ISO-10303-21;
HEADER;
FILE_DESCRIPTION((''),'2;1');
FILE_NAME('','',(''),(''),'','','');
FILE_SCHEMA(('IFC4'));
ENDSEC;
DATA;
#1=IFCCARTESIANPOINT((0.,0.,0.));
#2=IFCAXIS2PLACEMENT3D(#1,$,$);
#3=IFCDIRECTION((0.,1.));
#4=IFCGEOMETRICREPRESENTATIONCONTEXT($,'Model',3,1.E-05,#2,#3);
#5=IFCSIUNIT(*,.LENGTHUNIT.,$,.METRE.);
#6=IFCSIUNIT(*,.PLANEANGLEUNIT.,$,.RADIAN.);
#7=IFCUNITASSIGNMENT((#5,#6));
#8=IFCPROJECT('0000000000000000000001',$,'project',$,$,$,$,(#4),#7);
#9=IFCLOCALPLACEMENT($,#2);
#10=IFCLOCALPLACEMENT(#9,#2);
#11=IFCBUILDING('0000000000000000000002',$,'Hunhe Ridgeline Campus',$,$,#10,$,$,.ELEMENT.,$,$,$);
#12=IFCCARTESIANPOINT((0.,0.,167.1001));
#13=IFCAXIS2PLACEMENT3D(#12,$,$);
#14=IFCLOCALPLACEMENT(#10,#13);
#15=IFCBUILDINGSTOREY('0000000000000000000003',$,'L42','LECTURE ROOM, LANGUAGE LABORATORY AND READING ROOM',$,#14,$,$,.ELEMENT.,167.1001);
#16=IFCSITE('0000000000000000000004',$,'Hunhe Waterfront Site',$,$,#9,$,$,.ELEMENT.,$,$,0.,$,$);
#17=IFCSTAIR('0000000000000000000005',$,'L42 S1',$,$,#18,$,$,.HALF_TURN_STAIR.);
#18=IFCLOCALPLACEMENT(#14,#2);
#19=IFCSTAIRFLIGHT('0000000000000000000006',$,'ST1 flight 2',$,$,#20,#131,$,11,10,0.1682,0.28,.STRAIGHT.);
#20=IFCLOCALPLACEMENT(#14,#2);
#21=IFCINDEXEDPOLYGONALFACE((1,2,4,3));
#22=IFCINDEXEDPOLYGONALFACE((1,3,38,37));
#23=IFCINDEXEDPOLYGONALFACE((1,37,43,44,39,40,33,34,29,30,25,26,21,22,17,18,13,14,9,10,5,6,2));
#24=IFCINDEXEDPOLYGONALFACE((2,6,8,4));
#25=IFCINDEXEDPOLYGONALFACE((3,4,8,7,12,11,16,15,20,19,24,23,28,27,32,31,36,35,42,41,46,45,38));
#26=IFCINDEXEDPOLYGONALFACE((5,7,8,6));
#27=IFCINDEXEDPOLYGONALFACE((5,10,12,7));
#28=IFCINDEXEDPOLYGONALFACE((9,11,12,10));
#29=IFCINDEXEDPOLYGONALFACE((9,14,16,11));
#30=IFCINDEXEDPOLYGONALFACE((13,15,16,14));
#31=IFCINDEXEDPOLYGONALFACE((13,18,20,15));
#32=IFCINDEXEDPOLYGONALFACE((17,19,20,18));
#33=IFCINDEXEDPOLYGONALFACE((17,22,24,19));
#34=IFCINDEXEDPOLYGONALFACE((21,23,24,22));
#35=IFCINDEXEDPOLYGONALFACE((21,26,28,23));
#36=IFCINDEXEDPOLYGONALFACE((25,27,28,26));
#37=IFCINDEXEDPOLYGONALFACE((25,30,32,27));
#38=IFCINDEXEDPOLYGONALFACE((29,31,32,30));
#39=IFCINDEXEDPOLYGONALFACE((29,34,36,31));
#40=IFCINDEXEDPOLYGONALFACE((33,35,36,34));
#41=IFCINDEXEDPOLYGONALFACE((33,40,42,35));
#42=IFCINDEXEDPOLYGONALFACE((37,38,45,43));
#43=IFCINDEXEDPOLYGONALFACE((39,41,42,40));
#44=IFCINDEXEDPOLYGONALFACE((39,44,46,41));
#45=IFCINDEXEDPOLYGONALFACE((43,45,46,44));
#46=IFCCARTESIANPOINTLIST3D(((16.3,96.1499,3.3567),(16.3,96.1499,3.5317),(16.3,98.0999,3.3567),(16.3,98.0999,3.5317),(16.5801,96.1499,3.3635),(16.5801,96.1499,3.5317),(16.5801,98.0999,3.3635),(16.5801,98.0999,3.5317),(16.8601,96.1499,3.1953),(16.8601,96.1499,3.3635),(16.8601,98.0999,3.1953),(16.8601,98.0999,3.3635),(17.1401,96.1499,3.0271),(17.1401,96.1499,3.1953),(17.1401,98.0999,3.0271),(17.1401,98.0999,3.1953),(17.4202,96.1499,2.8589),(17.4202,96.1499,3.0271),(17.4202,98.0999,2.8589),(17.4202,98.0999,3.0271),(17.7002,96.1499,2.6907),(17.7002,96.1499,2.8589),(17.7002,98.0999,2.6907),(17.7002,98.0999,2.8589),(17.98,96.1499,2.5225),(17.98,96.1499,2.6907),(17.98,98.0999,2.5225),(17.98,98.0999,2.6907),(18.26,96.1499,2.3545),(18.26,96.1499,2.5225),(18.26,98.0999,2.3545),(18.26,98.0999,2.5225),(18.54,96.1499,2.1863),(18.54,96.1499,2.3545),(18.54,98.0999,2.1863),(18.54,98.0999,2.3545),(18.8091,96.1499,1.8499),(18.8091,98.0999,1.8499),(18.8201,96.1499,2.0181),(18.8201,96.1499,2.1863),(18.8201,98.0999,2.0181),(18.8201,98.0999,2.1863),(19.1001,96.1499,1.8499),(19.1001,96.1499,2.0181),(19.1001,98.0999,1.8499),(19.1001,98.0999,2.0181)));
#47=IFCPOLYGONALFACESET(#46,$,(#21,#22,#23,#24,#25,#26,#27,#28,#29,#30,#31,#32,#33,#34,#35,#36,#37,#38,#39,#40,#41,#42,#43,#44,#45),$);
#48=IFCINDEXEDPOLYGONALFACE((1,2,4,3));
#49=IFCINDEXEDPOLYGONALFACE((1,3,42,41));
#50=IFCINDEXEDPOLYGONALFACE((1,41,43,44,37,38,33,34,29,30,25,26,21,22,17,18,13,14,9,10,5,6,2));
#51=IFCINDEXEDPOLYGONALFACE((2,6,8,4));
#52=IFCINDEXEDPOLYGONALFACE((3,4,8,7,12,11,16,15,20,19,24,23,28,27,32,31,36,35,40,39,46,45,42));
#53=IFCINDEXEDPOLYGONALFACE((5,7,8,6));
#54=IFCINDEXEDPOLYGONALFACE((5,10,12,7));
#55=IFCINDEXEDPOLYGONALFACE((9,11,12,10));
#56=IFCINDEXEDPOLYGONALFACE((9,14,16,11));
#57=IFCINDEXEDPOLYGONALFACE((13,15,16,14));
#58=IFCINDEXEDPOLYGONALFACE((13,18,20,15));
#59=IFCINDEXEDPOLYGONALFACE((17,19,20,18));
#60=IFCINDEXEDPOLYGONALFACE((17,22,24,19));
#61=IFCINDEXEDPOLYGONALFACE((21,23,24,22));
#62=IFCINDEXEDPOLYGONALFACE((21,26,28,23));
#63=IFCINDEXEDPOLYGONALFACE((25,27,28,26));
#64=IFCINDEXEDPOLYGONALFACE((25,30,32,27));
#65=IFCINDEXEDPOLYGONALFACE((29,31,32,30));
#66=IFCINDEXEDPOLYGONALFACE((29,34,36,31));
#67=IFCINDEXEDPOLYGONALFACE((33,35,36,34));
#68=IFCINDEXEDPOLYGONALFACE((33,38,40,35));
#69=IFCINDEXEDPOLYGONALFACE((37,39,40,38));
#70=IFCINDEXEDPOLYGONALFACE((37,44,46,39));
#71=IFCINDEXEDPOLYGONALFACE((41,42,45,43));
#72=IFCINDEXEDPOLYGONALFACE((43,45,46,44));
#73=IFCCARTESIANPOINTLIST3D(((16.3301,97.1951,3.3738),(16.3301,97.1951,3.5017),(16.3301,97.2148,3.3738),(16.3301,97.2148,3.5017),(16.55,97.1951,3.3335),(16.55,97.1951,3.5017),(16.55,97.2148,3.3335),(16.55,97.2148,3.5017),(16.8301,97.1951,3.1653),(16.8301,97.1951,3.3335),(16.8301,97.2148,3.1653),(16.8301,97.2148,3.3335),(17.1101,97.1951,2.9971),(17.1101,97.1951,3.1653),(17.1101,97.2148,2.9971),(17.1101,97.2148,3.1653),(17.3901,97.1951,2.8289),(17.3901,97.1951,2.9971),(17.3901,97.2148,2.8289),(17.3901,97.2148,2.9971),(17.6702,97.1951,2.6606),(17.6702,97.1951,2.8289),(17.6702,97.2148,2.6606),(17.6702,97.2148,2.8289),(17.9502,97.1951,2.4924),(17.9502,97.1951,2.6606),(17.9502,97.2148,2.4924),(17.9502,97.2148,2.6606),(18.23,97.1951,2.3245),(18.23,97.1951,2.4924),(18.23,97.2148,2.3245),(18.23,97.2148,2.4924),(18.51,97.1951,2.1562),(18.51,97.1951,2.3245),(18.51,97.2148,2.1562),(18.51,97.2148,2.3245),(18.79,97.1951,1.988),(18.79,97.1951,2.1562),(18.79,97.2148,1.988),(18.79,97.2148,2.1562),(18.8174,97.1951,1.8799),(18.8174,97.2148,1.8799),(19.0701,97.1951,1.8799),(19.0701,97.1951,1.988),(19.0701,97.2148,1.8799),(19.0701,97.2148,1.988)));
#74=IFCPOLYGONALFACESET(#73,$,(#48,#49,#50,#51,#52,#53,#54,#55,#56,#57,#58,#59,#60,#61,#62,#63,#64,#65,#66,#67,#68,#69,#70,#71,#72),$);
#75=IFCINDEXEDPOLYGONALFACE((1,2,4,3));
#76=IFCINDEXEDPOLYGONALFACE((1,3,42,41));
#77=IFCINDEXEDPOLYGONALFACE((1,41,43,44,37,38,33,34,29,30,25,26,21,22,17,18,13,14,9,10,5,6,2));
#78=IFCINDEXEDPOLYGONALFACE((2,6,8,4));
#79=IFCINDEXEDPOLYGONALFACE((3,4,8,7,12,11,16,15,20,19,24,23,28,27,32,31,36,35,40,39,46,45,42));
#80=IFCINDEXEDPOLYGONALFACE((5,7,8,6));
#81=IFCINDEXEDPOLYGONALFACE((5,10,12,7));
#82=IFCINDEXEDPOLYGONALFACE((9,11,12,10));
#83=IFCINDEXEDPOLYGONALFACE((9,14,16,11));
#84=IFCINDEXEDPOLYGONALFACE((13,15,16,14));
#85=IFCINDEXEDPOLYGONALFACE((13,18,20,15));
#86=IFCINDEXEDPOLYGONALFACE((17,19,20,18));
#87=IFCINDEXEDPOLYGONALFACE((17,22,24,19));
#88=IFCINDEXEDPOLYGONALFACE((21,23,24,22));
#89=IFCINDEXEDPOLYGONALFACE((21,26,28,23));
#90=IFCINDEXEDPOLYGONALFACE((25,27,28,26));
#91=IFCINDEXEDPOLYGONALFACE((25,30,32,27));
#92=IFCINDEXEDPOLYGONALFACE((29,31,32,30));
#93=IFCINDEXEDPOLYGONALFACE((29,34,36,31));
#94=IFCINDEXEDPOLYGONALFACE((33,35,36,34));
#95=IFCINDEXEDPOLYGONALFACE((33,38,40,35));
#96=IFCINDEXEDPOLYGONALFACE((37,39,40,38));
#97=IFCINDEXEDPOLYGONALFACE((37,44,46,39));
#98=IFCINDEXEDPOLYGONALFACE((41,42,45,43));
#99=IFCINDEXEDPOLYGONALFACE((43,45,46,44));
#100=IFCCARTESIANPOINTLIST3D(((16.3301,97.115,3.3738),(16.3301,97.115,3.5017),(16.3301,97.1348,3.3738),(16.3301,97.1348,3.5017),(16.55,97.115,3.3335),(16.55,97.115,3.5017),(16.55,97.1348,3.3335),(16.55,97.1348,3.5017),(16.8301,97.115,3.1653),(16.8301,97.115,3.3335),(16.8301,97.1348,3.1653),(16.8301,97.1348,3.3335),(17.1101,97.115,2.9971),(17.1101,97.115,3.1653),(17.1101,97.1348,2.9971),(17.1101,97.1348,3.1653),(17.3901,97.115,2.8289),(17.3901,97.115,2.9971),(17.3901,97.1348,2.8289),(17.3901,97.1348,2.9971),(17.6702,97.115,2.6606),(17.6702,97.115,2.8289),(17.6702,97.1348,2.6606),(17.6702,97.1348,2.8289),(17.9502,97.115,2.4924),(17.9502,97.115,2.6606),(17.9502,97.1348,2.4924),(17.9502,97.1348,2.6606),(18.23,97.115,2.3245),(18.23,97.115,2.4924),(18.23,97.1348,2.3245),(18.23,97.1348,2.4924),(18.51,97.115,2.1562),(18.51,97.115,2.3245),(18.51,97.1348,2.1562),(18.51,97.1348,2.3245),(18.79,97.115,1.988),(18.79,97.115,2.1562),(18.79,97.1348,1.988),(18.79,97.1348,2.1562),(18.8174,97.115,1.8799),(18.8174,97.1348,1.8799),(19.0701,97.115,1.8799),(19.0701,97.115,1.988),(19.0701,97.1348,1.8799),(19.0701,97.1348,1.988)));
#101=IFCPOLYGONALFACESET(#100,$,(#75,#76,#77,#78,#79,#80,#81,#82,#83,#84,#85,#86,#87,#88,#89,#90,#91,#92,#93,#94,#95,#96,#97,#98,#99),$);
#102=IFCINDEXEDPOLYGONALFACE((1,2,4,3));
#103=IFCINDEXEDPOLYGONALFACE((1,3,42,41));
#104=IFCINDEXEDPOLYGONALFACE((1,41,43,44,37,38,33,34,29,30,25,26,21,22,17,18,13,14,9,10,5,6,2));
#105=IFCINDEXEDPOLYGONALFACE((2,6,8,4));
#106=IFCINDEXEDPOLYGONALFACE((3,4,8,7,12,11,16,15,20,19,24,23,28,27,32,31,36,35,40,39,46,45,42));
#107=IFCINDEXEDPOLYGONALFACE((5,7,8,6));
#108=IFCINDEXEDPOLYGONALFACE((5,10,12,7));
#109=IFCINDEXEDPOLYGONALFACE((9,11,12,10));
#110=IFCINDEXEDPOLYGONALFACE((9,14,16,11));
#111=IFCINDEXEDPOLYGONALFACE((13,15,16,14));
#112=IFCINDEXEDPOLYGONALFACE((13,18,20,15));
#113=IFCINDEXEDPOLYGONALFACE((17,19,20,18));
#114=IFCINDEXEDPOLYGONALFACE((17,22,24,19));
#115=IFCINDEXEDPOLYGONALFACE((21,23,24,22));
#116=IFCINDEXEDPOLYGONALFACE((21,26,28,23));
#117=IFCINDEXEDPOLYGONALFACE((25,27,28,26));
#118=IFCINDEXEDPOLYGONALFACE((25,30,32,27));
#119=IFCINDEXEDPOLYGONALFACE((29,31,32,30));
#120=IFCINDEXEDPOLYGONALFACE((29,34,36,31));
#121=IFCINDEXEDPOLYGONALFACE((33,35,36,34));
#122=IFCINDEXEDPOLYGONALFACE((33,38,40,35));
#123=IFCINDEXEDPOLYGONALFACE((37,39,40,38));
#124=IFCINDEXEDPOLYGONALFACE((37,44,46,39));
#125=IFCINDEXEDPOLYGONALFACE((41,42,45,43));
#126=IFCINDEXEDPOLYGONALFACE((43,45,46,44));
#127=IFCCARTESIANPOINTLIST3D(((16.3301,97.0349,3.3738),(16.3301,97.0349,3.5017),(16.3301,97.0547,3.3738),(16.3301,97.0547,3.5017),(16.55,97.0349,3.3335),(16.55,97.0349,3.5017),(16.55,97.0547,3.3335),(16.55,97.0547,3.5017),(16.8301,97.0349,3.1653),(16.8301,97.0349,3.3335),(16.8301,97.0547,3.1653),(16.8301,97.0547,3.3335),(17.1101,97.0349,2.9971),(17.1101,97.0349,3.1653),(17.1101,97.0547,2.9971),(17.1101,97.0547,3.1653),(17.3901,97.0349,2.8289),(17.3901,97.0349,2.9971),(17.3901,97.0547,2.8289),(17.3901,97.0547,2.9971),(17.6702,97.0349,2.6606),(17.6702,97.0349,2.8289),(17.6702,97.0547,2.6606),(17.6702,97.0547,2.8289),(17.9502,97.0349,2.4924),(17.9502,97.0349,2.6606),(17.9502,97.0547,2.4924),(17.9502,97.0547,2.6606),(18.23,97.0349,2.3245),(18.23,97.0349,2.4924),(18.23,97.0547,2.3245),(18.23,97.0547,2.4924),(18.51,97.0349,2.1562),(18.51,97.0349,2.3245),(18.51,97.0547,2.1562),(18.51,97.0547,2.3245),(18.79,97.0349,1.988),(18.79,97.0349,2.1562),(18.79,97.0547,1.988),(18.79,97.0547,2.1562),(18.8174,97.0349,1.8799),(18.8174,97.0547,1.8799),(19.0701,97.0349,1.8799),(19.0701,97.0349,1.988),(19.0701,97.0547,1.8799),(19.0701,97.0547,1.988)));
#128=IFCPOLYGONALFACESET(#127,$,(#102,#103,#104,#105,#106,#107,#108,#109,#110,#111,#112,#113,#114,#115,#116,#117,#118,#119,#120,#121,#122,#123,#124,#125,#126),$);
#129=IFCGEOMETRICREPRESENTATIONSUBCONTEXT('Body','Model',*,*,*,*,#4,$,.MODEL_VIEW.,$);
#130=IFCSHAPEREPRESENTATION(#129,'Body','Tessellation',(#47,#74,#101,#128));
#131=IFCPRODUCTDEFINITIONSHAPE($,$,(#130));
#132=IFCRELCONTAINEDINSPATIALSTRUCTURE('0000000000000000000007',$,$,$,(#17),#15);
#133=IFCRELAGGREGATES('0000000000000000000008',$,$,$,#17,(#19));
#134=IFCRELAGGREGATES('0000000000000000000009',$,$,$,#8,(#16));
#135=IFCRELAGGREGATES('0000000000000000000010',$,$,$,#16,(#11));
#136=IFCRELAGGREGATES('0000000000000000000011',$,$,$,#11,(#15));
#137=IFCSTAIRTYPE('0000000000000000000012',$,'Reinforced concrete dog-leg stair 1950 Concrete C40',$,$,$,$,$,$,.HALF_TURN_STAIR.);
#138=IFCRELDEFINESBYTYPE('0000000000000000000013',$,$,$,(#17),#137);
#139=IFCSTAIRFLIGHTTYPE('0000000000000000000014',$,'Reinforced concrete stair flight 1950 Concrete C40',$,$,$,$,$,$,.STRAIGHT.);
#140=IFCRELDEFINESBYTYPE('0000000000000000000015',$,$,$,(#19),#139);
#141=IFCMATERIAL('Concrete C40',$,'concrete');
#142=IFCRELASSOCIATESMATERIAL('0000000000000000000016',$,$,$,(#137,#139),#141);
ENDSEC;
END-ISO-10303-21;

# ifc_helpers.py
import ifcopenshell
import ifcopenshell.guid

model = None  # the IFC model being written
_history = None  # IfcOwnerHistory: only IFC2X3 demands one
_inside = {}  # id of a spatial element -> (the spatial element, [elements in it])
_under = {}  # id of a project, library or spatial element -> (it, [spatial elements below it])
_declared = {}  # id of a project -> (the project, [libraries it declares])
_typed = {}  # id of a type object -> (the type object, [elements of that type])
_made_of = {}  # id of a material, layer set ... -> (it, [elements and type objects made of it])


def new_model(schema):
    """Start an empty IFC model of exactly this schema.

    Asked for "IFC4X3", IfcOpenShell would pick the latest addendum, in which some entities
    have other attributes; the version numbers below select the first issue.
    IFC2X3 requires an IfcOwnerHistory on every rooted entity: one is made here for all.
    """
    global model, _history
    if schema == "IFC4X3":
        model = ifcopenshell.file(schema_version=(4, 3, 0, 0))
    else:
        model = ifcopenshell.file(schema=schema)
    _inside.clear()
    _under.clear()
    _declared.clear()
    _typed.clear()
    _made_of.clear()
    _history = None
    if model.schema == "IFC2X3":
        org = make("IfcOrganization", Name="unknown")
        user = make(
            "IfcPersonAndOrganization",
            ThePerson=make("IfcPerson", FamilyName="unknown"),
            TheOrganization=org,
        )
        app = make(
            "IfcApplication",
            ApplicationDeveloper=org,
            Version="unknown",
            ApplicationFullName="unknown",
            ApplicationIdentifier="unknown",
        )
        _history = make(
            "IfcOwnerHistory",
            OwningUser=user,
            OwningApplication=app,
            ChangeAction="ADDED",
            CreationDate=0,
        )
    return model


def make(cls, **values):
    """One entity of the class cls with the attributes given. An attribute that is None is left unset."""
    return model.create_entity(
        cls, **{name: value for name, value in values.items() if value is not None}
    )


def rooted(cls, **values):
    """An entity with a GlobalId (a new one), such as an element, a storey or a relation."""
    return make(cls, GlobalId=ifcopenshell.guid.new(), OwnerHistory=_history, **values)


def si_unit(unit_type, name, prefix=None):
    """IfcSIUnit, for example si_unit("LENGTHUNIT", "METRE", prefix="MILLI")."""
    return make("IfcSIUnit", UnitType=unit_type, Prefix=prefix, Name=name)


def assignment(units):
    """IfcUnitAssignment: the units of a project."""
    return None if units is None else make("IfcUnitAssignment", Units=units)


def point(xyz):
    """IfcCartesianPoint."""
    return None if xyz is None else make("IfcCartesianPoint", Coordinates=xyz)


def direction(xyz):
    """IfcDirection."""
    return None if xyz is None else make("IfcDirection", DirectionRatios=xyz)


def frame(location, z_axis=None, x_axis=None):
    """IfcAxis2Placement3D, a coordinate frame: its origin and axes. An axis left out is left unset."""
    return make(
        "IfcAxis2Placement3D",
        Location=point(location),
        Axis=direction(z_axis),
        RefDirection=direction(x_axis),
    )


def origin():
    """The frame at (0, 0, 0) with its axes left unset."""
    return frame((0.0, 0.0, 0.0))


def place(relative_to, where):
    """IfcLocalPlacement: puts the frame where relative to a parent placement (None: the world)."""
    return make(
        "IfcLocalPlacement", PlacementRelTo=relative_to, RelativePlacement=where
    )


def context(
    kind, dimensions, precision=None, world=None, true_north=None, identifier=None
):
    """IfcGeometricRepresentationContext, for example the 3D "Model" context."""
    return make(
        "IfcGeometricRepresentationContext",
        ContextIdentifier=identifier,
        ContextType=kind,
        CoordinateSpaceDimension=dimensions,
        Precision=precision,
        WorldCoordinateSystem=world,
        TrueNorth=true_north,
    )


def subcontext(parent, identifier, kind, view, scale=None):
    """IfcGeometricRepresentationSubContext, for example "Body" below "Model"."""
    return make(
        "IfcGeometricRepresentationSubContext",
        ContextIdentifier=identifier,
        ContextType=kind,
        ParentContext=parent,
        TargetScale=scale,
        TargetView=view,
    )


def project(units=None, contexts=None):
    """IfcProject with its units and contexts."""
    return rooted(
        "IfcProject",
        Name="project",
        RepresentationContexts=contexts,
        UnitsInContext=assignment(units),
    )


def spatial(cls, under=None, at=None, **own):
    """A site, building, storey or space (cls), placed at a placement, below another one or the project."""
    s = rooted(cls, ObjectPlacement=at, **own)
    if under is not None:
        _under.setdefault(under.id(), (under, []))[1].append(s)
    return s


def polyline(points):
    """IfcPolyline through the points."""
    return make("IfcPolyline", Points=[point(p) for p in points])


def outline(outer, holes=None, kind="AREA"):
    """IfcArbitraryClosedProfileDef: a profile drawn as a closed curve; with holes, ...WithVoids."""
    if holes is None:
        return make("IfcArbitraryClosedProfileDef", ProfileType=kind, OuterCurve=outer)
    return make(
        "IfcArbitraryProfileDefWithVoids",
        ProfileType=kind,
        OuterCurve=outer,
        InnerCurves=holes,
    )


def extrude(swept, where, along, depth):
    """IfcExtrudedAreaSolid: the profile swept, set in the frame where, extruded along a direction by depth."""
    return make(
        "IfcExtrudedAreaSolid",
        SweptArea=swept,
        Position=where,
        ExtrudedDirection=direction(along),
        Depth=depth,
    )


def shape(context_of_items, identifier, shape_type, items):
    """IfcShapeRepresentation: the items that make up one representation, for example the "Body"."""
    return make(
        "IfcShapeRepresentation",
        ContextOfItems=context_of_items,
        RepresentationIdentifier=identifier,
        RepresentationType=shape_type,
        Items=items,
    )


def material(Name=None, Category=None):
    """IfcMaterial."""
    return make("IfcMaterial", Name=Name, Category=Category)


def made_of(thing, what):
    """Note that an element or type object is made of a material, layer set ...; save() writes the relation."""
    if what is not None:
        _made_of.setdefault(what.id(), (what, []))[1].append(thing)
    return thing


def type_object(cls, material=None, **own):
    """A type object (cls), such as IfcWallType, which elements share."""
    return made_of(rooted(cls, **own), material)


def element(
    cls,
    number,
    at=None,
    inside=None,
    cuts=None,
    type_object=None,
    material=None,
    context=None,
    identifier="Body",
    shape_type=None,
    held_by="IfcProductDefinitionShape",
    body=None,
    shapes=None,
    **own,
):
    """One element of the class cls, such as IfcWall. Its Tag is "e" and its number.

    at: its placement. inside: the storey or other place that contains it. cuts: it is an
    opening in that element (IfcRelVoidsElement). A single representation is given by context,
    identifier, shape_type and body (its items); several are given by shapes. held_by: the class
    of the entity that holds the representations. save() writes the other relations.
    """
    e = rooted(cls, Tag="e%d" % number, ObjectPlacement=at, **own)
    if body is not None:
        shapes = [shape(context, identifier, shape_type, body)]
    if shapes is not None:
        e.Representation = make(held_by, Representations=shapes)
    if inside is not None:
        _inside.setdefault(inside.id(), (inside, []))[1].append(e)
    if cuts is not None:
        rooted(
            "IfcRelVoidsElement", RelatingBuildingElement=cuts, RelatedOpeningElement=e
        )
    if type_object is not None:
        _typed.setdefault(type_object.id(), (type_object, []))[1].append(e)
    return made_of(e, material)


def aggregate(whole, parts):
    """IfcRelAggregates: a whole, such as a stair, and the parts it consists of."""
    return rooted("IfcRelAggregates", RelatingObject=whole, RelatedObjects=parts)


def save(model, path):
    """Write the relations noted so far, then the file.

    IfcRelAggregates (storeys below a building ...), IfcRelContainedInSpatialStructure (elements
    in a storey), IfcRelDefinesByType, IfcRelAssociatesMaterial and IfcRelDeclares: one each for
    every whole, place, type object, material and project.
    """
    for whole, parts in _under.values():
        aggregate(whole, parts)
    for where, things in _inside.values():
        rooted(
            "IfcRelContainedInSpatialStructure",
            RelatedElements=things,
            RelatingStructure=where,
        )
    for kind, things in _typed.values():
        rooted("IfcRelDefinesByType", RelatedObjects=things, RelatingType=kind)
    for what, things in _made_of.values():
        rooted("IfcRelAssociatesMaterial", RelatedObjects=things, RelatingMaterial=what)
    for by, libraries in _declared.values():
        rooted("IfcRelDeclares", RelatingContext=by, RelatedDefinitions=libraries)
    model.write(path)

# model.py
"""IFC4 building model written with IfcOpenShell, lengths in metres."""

from ifc_helpers import new_model, si_unit, direction, frame, origin, place, context, subcontext, project, spatial, polyline, outline, extrude, material, type_object, element, aggregate, save


model = new_model("IFC4")

# Units and contexts
model_context = context("Model", 3, precision=1e-05, world=origin(), true_north=direction((0.0, 1.0)))
body_context = subcontext(model_context, "Body", "Model", "MODEL_VIEW")
ifc_project = project(units=[si_unit("LENGTHUNIT", "METRE"), si_unit("PLANEANGLEUNIT", "RADIAN")], contexts=[model_context])

# Site, building, storey
site_placement = place(None, origin())
site = spatial("IfcSite", under=ifc_project, at=site_placement, Name="Hunhe Waterfront Site", CompositionType="ELEMENT", RefElevation=0.0)
building_placement = place(site_placement, origin())
building = spatial("IfcBuilding", under=site, at=building_placement, Name="Hunhe Ridgeline Campus", CompositionType="ELEMENT")
storey_placement = place(building_placement, frame((0.0, 0.0, 167.1001)))
storey = spatial("IfcBuildingStorey", under=building, at=storey_placement, Name="L42", Description="LECTURE ROOM, LANGUAGE LABORATORY AND READING ROOM", CompositionType="ELEMENT", Elevation=167.1001)

# Stair, stair flight
ifc_material_1 = material(Name="Concrete C40", Category="concrete")
stair_type = type_object("IfcStairType", Name="Reinforced concrete dog-leg stair 1950 Concrete C40", PredefinedType="HALF_TURN_STAIR", material=ifc_material_1)
stair_1_placement = place(storey_placement, origin())
stair_1 = element("IfcStair", 1, at=stair_1_placement, inside=storey, type_object=stair_type, Name="L42 S1", PredefinedType="HALF_TURN_STAIR")
stair_flight_type = type_object("IfcStairFlightType", Name="Reinforced concrete stair flight 1950 Concrete C40", PredefinedType="STRAIGHT", material=ifc_material_1)
stair_flight_1_placement = place(storey_placement, frame((19.1001, 97.125, 1.8499), z_axis=(0.0, 0.0, 1.0), x_axis=(-1.0, 0.0, 0.0)))
stair_flight_1 = element("IfcStairFlight", 2, at=stair_flight_1_placement, type_object=stair_flight_type, Name="ST1 flight 2", NumberOfRisers=11, NumberOfTreads=10, PredefinedType="STRAIGHT", RiserHeight=0.1682, TreadLength=0.28, context=body_context, shape_type="SweptSolid", body=[
    extrude(outline(polyline([(0.0, 0.0), (0.0, 0.1682), (0.28, 0.1682), (0.28, 0.3364), (0.5601, 0.3364), (0.5601, 0.5046), (0.8401, 0.5046), (0.8401, 0.6726), (1.1201, 0.6726), (1.1201, 0.8408), (1.3999, 0.8408), (1.3999, 1.009), (1.6799, 1.009), (1.6799, 1.1772), (1.96, 1.1772), (1.96, 1.3455), (2.24, 1.3455), (2.24, 1.5137), (2.52, 1.5137), (2.52, 1.6819), (2.8, 1.6819), (2.8, 1.8501), (2.8, 1.5068), (0.291, 0.0), (0.0, 0.0)])), frame((0.0, 0.9751, 0.0), z_axis=(0.0, -1.0, 0.0), x_axis=(1.0, 0.0, 0.0)), (0.0, 0.0, 1.0), 1.95),
    extrude(outline(polyline([(0.03, 0.03), (0.03, 0.1382), (0.3101, 0.1382), (0.3101, 0.3064), (0.5901, 0.3064), (0.5901, 0.4746), (0.8701, 0.4746), (0.8701, 0.6426), (1.1499, 0.6426), (1.1499, 0.8108), (1.4299, 0.8108), (1.4299, 0.979), (1.71, 0.979), (1.71, 1.1472), (1.99, 1.1472), (1.99, 1.3154), (2.27, 1.3154), (2.27, 1.4836), (2.55, 1.4836), (2.55, 1.6519), (2.77, 1.6519), (2.77, 1.5239), (0.2827, 0.03), (0.03, 0.03)])), frame((0.0, -0.0701, 0.0), z_axis=(0.0, -1.0, 0.0), x_axis=(1.0, 0.0, 0.0)), (0.0, 0.0, 1.0), 0.0198),
    extrude(outline(polyline([(0.03, 0.03), (0.03, 0.1382), (0.3101, 0.1382), (0.3101, 0.3064), (0.5901, 0.3064), (0.5901, 0.4746), (0.8701, 0.4746), (0.8701, 0.6426), (1.1499, 0.6426), (1.1499, 0.8108), (1.4299, 0.8108), (1.4299, 0.979), (1.71, 0.979), (1.71, 1.1472), (1.99, 1.1472), (1.99, 1.3154), (2.27, 1.3154), (2.27, 1.4836), (2.55, 1.4836), (2.55, 1.6519), (2.77, 1.6519), (2.77, 1.5239), (0.2827, 0.03), (0.03, 0.03)])), frame((0.0, 0.01, 0.0), z_axis=(0.0, -1.0, 0.0), x_axis=(1.0, 0.0, 0.0)), (0.0, 0.0, 1.0), 0.0198),
    extrude(outline(polyline([(0.03, 0.03), (0.03, 0.1382), (0.3101, 0.1382), (0.3101, 0.3064), (0.5901, 0.3064), (0.5901, 0.4746), (0.8701, 0.4746), (0.8701, 0.6426), (1.1499, 0.6426), (1.1499, 0.8108), (1.4299, 0.8108), (1.4299, 0.979), (1.71, 0.979), (1.71, 1.1472), (1.99, 1.1472), (1.99, 1.3154), (2.27, 1.3154), (2.27, 1.4836), (2.55, 1.4836), (2.55, 1.6519), (2.77, 1.6519), (2.77, 1.5239), (0.2827, 0.03), (0.03, 0.03)])), frame((0.0, 0.0901, 0.0), z_axis=(0.0, -1.0, 0.0), x_axis=(1.0, 0.0, 0.0)), (0.0, 0.0, 1.0), 0.0198),
])
aggregate(stair_1, [stair_flight_1])

save(model, "model.ifc")
